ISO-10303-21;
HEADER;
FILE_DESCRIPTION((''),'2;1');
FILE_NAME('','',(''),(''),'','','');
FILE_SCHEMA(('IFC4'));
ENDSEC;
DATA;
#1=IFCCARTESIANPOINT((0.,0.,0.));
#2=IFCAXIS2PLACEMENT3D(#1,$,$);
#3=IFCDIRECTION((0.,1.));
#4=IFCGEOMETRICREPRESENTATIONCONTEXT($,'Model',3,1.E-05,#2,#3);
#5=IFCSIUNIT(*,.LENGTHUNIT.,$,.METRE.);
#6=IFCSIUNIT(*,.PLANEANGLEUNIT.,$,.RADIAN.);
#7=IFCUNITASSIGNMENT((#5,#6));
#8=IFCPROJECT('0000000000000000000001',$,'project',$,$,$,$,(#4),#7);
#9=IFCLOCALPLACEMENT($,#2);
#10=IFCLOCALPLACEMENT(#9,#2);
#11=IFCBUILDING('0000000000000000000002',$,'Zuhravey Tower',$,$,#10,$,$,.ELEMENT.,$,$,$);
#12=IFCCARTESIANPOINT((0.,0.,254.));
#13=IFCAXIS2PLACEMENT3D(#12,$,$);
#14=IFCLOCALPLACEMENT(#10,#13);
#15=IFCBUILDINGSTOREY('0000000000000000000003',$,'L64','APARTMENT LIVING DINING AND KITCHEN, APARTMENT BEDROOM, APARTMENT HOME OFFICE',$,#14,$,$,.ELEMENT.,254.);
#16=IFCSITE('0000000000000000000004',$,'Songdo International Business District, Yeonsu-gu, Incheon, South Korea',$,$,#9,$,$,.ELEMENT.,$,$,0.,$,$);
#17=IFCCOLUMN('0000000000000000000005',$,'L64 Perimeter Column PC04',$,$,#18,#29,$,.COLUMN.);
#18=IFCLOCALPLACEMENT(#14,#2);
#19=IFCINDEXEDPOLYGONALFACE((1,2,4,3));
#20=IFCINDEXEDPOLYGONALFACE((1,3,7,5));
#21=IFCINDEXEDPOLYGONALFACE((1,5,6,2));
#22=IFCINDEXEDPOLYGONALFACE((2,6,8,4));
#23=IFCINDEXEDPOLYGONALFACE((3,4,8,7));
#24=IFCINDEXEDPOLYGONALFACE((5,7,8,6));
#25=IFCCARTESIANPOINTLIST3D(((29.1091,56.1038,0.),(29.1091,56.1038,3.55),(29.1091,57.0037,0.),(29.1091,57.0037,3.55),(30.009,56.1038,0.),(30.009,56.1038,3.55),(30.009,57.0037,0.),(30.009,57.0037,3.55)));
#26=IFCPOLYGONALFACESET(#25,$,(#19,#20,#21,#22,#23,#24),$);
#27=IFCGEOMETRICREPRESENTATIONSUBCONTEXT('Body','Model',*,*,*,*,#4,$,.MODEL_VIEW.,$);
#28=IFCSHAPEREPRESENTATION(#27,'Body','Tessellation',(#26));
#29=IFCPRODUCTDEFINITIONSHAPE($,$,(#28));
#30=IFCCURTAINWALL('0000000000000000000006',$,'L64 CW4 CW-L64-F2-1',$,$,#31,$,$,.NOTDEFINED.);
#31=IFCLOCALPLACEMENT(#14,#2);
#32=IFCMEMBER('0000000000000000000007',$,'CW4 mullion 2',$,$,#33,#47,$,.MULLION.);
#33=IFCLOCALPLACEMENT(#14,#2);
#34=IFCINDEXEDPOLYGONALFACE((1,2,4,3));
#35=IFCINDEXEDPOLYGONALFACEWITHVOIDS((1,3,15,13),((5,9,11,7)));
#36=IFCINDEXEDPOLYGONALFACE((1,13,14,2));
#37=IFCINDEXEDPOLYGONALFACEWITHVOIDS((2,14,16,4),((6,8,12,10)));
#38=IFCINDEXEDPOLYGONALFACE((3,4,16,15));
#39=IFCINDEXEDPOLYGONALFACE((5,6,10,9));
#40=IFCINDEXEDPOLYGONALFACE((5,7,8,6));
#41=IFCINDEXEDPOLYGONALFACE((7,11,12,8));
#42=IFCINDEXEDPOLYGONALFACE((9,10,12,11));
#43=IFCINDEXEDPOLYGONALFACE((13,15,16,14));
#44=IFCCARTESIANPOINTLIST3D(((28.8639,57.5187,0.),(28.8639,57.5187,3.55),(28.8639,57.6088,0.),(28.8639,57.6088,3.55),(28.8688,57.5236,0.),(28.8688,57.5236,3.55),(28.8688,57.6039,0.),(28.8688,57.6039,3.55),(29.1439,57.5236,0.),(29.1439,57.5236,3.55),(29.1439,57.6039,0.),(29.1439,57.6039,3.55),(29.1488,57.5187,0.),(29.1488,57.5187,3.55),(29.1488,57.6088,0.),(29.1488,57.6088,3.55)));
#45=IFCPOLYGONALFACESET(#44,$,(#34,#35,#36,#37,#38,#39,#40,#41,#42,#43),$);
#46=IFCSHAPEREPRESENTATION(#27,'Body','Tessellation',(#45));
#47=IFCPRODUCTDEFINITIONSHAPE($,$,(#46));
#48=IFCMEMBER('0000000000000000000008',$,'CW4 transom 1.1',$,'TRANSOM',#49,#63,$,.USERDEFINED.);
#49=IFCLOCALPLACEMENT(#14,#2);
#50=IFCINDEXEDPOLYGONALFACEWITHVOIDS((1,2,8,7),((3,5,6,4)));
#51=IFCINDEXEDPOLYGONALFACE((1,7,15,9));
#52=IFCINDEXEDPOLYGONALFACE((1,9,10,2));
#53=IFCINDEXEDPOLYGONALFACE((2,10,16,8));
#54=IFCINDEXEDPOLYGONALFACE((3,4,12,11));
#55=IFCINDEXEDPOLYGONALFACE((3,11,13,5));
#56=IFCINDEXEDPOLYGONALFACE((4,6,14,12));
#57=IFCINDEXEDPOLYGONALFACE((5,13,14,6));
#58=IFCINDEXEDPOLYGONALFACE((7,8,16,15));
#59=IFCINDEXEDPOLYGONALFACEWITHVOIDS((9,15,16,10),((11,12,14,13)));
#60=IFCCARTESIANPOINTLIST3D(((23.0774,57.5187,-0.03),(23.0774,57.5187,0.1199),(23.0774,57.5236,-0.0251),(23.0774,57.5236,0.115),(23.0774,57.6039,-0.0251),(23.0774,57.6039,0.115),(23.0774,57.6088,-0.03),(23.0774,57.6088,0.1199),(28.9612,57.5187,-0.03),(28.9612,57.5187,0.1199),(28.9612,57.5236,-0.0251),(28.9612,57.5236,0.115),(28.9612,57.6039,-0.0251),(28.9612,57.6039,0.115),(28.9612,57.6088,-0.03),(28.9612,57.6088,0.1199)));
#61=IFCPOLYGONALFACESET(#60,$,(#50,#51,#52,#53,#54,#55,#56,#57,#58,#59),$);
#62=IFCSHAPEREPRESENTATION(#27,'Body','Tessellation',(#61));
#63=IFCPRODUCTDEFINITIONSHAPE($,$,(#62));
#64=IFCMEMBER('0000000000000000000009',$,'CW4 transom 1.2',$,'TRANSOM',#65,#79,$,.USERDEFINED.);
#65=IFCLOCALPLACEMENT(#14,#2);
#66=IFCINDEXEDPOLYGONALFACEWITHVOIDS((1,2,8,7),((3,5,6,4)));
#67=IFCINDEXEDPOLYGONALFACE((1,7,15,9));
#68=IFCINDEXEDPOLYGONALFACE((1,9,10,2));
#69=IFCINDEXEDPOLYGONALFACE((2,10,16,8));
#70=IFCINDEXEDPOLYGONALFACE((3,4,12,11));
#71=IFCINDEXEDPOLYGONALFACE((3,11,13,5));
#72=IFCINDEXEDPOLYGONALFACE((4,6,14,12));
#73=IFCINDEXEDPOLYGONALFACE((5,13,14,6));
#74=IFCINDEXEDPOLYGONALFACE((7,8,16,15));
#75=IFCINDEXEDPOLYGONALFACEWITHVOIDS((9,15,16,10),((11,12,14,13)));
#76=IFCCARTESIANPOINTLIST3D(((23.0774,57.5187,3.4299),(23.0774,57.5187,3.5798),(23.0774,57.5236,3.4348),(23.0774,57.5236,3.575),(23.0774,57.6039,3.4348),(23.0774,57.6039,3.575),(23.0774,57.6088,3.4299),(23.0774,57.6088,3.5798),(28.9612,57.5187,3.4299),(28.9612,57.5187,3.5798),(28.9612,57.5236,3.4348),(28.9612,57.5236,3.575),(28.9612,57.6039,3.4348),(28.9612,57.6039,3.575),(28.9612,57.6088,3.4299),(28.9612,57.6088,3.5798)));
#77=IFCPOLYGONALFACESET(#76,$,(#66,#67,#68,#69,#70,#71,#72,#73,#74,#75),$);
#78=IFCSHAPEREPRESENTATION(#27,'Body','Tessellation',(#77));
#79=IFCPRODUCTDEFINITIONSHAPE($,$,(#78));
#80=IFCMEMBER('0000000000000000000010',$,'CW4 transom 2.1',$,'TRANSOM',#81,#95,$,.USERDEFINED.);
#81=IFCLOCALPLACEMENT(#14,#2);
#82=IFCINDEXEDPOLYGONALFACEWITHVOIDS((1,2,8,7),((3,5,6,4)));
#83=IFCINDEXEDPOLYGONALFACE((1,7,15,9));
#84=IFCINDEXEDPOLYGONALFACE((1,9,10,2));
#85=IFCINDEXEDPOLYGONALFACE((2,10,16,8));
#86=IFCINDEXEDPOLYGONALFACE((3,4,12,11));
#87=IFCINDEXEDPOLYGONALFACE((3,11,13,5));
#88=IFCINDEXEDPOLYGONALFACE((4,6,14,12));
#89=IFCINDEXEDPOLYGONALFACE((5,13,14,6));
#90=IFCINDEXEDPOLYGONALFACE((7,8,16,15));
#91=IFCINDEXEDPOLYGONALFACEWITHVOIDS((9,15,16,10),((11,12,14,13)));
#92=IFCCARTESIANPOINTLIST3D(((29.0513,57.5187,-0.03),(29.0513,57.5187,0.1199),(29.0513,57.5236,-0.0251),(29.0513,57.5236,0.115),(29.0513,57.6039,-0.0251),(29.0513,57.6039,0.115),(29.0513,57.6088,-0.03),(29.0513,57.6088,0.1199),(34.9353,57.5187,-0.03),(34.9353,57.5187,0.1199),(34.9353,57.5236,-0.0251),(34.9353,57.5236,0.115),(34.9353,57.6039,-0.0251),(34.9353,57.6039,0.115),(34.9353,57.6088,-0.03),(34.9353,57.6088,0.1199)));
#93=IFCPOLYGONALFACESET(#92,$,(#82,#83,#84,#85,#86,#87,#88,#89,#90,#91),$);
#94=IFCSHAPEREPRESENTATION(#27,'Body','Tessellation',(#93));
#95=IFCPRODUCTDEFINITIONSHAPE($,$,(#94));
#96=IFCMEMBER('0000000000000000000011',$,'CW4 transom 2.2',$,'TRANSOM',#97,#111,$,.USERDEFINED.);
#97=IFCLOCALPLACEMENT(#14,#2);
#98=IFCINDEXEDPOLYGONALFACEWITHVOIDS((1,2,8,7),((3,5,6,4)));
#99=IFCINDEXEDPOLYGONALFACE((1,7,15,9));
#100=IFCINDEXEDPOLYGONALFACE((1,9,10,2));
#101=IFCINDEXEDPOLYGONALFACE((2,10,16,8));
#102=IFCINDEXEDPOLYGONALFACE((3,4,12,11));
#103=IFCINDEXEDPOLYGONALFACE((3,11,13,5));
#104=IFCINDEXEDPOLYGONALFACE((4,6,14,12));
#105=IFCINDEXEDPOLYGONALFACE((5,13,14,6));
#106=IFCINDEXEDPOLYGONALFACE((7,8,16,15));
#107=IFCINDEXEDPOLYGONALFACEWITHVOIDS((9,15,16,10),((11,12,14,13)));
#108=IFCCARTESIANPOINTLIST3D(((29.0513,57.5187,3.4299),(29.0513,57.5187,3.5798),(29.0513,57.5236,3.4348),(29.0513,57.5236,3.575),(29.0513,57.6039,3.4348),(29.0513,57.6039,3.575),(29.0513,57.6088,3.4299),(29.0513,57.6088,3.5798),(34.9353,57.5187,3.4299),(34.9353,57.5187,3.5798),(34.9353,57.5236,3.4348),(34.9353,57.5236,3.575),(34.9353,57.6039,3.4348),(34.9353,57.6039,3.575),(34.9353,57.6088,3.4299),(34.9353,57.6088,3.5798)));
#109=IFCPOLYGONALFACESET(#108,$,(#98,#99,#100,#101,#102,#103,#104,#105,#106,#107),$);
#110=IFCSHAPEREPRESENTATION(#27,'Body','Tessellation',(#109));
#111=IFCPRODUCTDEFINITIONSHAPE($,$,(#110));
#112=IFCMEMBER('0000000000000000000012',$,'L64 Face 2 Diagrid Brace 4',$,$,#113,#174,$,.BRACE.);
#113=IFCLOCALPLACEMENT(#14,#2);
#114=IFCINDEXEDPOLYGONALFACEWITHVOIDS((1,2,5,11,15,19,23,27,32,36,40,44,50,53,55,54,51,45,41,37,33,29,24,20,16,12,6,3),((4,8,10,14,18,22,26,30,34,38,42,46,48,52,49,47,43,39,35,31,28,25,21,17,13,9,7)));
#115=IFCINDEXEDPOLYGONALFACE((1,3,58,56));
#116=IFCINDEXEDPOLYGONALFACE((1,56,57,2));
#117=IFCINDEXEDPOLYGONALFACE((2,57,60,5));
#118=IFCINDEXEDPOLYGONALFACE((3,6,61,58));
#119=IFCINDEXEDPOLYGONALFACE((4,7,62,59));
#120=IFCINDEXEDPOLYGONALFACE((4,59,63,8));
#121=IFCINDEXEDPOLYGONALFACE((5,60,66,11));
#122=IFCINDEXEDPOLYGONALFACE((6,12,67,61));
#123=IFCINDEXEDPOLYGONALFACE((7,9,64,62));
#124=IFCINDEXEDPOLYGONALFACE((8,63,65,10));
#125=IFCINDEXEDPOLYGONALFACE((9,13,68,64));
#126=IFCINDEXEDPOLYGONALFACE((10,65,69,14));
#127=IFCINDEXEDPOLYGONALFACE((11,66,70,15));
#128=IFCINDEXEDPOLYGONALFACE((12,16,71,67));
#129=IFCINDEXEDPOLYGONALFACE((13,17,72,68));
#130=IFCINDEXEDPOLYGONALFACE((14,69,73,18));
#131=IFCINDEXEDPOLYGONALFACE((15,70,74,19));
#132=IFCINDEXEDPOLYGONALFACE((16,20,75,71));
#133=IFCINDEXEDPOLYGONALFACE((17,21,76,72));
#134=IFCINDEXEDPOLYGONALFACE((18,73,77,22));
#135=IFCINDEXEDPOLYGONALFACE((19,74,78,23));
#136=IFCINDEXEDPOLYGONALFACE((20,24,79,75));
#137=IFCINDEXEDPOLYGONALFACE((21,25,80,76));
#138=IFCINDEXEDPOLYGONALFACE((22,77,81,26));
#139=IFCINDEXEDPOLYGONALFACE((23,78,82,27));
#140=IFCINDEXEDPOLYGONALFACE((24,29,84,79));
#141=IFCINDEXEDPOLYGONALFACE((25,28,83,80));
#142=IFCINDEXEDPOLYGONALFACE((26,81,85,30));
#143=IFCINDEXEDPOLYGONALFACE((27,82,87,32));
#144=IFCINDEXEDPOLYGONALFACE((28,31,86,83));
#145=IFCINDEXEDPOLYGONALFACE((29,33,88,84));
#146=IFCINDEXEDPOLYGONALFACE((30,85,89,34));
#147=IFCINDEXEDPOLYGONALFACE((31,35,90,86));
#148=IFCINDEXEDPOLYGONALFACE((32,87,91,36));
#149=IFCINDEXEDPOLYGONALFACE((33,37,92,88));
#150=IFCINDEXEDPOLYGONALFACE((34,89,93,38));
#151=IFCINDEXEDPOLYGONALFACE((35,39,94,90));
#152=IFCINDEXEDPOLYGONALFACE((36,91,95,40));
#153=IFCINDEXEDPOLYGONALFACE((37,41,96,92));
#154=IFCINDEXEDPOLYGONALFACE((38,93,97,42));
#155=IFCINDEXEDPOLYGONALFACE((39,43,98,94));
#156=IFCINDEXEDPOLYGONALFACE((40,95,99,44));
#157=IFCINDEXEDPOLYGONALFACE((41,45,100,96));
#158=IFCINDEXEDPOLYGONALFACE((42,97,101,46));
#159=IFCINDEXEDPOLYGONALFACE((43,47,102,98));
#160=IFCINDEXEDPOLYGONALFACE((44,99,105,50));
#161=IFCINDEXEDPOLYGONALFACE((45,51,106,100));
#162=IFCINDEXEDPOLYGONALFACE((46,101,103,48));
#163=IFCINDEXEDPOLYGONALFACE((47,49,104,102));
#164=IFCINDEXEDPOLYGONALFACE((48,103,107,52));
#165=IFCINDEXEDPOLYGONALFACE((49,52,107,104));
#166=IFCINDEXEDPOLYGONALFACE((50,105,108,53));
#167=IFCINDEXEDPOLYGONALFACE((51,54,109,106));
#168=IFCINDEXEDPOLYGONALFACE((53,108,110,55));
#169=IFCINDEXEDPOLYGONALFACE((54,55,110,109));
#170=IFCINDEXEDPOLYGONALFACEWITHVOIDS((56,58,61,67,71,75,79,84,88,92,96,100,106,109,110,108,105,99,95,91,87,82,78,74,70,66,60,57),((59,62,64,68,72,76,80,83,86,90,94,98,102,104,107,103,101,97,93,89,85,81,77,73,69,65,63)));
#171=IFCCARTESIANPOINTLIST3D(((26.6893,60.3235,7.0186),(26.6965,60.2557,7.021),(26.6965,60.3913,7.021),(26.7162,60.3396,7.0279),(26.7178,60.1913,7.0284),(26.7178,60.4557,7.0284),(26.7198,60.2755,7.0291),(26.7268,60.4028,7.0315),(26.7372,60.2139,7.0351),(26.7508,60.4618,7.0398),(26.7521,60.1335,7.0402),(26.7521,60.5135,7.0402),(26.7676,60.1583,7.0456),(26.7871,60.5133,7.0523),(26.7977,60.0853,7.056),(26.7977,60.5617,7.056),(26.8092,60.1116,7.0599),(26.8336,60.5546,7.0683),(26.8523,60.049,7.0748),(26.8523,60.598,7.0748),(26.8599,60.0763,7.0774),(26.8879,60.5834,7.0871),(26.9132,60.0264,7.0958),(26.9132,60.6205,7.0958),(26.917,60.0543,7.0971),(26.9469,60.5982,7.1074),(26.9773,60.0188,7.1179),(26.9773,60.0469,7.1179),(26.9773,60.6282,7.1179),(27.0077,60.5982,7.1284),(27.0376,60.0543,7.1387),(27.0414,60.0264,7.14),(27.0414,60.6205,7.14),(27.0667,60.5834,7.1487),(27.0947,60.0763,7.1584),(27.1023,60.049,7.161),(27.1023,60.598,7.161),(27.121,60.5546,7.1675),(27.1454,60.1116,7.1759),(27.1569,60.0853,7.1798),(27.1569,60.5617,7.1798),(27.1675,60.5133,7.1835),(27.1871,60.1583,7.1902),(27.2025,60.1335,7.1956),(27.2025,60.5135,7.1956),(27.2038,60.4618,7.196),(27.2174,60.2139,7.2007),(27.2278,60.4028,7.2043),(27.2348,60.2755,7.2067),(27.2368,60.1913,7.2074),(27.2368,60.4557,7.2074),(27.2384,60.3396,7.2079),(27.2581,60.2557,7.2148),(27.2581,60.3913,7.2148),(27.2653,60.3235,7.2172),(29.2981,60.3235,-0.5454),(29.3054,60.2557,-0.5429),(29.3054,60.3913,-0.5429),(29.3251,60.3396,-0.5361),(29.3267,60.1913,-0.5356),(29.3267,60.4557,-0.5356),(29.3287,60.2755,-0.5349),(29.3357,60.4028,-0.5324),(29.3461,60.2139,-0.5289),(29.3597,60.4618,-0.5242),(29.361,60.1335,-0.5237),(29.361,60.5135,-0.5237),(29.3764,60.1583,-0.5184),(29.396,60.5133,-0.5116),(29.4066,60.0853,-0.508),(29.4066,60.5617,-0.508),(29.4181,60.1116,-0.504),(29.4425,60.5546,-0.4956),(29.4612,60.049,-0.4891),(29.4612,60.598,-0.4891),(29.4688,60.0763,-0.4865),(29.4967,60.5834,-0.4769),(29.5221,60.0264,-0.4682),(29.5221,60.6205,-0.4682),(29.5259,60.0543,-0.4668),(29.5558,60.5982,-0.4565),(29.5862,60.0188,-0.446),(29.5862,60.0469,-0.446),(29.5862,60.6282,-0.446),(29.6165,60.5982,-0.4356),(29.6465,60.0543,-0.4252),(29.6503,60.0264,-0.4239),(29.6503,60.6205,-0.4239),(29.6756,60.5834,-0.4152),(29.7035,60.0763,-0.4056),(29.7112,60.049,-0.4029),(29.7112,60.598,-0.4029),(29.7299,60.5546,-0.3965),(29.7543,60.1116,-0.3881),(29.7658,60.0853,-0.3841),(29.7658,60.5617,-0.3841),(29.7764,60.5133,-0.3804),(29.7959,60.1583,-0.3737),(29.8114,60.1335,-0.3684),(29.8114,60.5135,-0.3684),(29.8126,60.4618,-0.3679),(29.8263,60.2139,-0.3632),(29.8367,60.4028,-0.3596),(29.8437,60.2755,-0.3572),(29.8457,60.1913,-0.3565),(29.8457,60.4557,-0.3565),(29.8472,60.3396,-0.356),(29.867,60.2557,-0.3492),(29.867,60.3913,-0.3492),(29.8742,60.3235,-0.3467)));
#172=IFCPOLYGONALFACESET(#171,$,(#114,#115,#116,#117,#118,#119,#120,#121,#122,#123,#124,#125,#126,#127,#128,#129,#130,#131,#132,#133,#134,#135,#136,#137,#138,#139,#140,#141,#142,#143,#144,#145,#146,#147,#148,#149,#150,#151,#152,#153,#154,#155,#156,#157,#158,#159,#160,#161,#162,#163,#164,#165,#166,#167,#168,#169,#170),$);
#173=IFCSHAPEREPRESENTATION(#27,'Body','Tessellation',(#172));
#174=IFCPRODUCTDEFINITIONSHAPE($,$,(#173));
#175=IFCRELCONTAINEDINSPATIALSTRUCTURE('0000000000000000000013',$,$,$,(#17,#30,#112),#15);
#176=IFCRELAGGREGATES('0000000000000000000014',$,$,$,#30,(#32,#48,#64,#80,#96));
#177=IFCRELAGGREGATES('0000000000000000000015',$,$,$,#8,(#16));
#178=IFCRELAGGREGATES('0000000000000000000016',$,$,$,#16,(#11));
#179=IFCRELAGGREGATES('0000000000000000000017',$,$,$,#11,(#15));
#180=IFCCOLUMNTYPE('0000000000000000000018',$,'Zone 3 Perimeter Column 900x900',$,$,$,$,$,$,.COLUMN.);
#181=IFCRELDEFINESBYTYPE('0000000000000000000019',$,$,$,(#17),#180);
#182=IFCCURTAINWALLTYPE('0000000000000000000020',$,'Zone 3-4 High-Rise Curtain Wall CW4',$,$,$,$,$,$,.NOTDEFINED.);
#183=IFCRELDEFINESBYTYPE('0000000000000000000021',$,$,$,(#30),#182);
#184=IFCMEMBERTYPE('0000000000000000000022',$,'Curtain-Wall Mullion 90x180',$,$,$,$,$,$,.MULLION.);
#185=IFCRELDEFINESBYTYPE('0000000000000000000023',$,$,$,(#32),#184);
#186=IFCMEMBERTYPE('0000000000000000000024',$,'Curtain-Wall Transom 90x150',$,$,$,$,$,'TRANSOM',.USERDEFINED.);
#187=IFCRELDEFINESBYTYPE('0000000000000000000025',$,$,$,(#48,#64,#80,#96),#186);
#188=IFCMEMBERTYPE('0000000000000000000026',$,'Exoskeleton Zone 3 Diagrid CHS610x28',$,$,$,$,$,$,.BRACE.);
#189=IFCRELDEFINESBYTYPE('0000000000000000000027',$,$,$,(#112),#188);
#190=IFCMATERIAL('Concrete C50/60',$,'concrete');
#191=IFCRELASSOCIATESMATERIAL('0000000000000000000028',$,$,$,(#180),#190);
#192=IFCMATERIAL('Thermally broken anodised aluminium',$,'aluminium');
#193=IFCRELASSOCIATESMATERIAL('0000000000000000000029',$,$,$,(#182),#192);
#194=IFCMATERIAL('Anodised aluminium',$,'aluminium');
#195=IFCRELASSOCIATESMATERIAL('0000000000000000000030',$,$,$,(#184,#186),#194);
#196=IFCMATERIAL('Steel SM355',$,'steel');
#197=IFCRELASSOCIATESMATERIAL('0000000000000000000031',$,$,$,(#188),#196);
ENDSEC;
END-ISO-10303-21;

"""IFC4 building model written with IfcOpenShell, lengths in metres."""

from ifc_helpers import new_model, si_unit, direction, frame, origin, origin_2d, place, context, subcontext, project, spatial, rectangle, hollow_rectangle, hollow_circle, extrude, material, material_profile, profile_set, type_object, element, aggregate, save


model = new_model("IFC4")

# Units and contexts
model_context = context("Model", 3, precision=1e-05, world=origin(), true_north=direction((0.0, 1.0)))
body_context = subcontext(model_context, "Body", "Model", "MODEL_VIEW")
ifc_project = project(units=[si_unit("LENGTHUNIT", "METRE"), si_unit("PLANEANGLEUNIT", "RADIAN")], contexts=[model_context])

# Site, building, storey
site_placement = place(None, origin())
site = spatial("IfcSite", under=ifc_project, at=site_placement, Name="Songdo International Business District, Yeonsu-gu, Incheon, South Korea", CompositionType="ELEMENT", RefElevation=0.0)
building_placement = place(site_placement, origin())
building = spatial("IfcBuilding", under=site, at=building_placement, Name="Zuhravey Tower", CompositionType="ELEMENT")
storey_placement = place(building_placement, frame((0.0, 0.0, 254.0)))
storey = spatial("IfcBuildingStorey", under=building, at=storey_placement, Name="L64", Description="APARTMENT LIVING DINING AND KITCHEN, APARTMENT BEDROOM, APARTMENT HOME OFFICE", CompositionType="ELEMENT", Elevation=254.0)

# Column
ifc_material_1 = material(Name="Concrete C50/60", Category="concrete")
ifc_material_profile_1 = material_profile(ifc_material_1, rectangle(XDim=0.8999, YDim=0.8999, at=origin_2d()), Name="RC-900x900")
ifc_profile_set_1 = profile_set([ifc_material_profile_1], Name="Concrete C50/60")
column_type = type_object("IfcColumnType", Name="Zone 3 Perimeter Column 900x900", PredefinedType="COLUMN", material=ifc_profile_set_1)
column_placement = place(storey_placement, frame((29.5591, 56.5537, 0.0), z_axis=(0.0, 0.0, 1.0), x_axis=(-1.0, 0.0, 0.0)))
element("IfcColumn", 1, at=column_placement, inside=storey, type_object=column_type, Name="L64 Perimeter Column PC04", PredefinedType="COLUMN", context=body_context, shape_type="SweptSolid", body=[
    extrude(rectangle(XDim=0.8999, YDim=0.8999, at=origin_2d()), origin(), (0.0, 0.0, 1.0), 3.55),
])

# Curtain wall, members
ifc_material_2 = material(Name="Thermally broken anodised aluminium", Category="aluminium")
curtain_wall_type = type_object("IfcCurtainWallType", Name="Zone 3-4 High-Rise Curtain Wall CW4", PredefinedType="NOTDEFINED", material=ifc_material_2)
curtain_wall_placement = place(storey_placement, origin())
curtain_wall = element("IfcCurtainWall", 2, at=curtain_wall_placement, inside=storey, type_object=curtain_wall_type, Name="L64 CW4 CW-L64-F2-1", PredefinedType="NOTDEFINED")
ifc_material_3 = material(Name="Anodised aluminium", Category="aluminium")
ifc_material_profile_2 = material_profile(ifc_material_3, hollow_rectangle(XDim=0.0901, YDim=0.2849, WallThickness=0.0049, at=origin_2d()), Name="ALU-RHS-90x285x5")
ifc_profile_set_2 = profile_set([ifc_material_profile_2], Name="Anodised aluminium")
member_type_1 = type_object("IfcMemberType", Name="Curtain-Wall Mullion 90x180", PredefinedType="MULLION", material=ifc_profile_set_2)
member_1_placement = place(storey_placement, frame((29.0063, 57.5637, 0.0), z_axis=(0.0, 0.0, 1.0), x_axis=(0.0, 1.0, 0.0)))
member_1 = element("IfcMember", 3, at=member_1_placement, type_object=member_type_1, Name="CW4 mullion 2", PredefinedType="MULLION", context=body_context, shape_type="SweptSolid", body=[
    extrude(hollow_rectangle(XDim=0.0901, YDim=0.2849, WallThickness=0.0049, at=origin_2d()), origin(), (0.0, 0.0, 1.0), 3.55),
])
ifc_material_profile_3 = material_profile(ifc_material_3, hollow_rectangle(XDim=0.0901, YDim=0.1499, WallThickness=0.0049, at=origin_2d()), Name="ALU-RHS-90x150x5")
ifc_profile_set_3 = profile_set([ifc_material_profile_3], Name="Anodised aluminium")
member_type_2 = type_object("IfcMemberType", Name="Curtain-Wall Transom 90x150", ElementType="TRANSOM", PredefinedType="USERDEFINED", material=ifc_profile_set_3)
member_2_placement = place(storey_placement, frame((23.0774, 57.5637, 0.0449), z_axis=(1.0, 0.0, 0.0), x_axis=(0.0, 1.0, 0.0)))
member_2 = element("IfcMember", 4, at=member_2_placement, type_object=member_type_2, Name="CW4 transom 1.1", ObjectType="TRANSOM", PredefinedType="USERDEFINED", context=body_context, shape_type="SweptSolid", body=[
    extrude(hollow_rectangle(XDim=0.0901, YDim=0.1499, WallThickness=0.0049, at=origin_2d()), origin(), (0.0, 0.0, 1.0), 5.8838),
])
member_3_placement = place(storey_placement, frame((23.0774, 57.5637, 3.5049), z_axis=(1.0, 0.0, 0.0), x_axis=(0.0, 1.0, 0.0)))
member_3 = element("IfcMember", 5, at=member_3_placement, type_object=member_type_2, Name="CW4 transom 1.2", ObjectType="TRANSOM", PredefinedType="USERDEFINED", context=body_context, shape_type="SweptSolid", body=[
    extrude(hollow_rectangle(XDim=0.0901, YDim=0.1499, WallThickness=0.0049, at=origin_2d()), origin(), (0.0, 0.0, 1.0), 5.8838),
])
member_4_placement = place(storey_placement, frame((29.0513, 57.5637, 0.0449), z_axis=(1.0, 0.0, 0.0), x_axis=(0.0, 1.0, 0.0)))
member_4 = element("IfcMember", 6, at=member_4_placement, type_object=member_type_2, Name="CW4 transom 2.1", ObjectType="TRANSOM", PredefinedType="USERDEFINED", context=body_context, shape_type="SweptSolid", body=[
    extrude(hollow_rectangle(XDim=0.0901, YDim=0.1499, WallThickness=0.0049, at=origin_2d()), origin(), (0.0, 0.0, 1.0), 5.884),
])
member_5_placement = place(storey_placement, frame((29.0513, 57.5637, 3.5049), z_axis=(1.0, 0.0, 0.0), x_axis=(0.0, 1.0, 0.0)))
member_5 = element("IfcMember", 7, at=member_5_placement, type_object=member_type_2, Name="CW4 transom 2.2", ObjectType="TRANSOM", PredefinedType="USERDEFINED", context=body_context, shape_type="SweptSolid", body=[
    extrude(hollow_rectangle(XDim=0.0901, YDim=0.1499, WallThickness=0.0049, at=origin_2d()), origin(), (0.0, 0.0, 1.0), 5.884),
])

# Member
ifc_material_4 = material(Name="Steel SM355", Category="steel")
ifc_material_profile_4 = material_profile(ifc_material_4, hollow_circle(Radius=0.3047, WallThickness=0.0281, at=origin_2d()), Name="CHS-609.6x28")
ifc_profile_set_4 = profile_set([ifc_material_profile_4], Name="Steel SM355")
member_type_3 = type_object("IfcMemberType", Name="Exoskeleton Zone 3 Diagrid CHS610x28", PredefinedType="BRACE", material=ifc_profile_set_4)
member_6_placement = place(storey_placement, frame((29.5862, 60.3235, -0.446), z_axis=(-0.32606, 0.0, 0.945349), x_axis=(0.0, -1.0, 0.0)))
element("IfcMember", 8, at=member_6_placement, inside=storey, type_object=member_type_3, Name="L64 Face 2 Diagrid Brace 4", PredefinedType="BRACE", context=body_context, shape_type="SweptSolid", body=[
    extrude(hollow_circle(Radius=0.3047, WallThickness=0.0281, at=origin_2d()), origin(), (0.0, 0.0, 1.0), 8.0012),
])

aggregate(curtain_wall, [member_1, member_2, member_3, member_4, member_5])

save(model, "model.ifc")
